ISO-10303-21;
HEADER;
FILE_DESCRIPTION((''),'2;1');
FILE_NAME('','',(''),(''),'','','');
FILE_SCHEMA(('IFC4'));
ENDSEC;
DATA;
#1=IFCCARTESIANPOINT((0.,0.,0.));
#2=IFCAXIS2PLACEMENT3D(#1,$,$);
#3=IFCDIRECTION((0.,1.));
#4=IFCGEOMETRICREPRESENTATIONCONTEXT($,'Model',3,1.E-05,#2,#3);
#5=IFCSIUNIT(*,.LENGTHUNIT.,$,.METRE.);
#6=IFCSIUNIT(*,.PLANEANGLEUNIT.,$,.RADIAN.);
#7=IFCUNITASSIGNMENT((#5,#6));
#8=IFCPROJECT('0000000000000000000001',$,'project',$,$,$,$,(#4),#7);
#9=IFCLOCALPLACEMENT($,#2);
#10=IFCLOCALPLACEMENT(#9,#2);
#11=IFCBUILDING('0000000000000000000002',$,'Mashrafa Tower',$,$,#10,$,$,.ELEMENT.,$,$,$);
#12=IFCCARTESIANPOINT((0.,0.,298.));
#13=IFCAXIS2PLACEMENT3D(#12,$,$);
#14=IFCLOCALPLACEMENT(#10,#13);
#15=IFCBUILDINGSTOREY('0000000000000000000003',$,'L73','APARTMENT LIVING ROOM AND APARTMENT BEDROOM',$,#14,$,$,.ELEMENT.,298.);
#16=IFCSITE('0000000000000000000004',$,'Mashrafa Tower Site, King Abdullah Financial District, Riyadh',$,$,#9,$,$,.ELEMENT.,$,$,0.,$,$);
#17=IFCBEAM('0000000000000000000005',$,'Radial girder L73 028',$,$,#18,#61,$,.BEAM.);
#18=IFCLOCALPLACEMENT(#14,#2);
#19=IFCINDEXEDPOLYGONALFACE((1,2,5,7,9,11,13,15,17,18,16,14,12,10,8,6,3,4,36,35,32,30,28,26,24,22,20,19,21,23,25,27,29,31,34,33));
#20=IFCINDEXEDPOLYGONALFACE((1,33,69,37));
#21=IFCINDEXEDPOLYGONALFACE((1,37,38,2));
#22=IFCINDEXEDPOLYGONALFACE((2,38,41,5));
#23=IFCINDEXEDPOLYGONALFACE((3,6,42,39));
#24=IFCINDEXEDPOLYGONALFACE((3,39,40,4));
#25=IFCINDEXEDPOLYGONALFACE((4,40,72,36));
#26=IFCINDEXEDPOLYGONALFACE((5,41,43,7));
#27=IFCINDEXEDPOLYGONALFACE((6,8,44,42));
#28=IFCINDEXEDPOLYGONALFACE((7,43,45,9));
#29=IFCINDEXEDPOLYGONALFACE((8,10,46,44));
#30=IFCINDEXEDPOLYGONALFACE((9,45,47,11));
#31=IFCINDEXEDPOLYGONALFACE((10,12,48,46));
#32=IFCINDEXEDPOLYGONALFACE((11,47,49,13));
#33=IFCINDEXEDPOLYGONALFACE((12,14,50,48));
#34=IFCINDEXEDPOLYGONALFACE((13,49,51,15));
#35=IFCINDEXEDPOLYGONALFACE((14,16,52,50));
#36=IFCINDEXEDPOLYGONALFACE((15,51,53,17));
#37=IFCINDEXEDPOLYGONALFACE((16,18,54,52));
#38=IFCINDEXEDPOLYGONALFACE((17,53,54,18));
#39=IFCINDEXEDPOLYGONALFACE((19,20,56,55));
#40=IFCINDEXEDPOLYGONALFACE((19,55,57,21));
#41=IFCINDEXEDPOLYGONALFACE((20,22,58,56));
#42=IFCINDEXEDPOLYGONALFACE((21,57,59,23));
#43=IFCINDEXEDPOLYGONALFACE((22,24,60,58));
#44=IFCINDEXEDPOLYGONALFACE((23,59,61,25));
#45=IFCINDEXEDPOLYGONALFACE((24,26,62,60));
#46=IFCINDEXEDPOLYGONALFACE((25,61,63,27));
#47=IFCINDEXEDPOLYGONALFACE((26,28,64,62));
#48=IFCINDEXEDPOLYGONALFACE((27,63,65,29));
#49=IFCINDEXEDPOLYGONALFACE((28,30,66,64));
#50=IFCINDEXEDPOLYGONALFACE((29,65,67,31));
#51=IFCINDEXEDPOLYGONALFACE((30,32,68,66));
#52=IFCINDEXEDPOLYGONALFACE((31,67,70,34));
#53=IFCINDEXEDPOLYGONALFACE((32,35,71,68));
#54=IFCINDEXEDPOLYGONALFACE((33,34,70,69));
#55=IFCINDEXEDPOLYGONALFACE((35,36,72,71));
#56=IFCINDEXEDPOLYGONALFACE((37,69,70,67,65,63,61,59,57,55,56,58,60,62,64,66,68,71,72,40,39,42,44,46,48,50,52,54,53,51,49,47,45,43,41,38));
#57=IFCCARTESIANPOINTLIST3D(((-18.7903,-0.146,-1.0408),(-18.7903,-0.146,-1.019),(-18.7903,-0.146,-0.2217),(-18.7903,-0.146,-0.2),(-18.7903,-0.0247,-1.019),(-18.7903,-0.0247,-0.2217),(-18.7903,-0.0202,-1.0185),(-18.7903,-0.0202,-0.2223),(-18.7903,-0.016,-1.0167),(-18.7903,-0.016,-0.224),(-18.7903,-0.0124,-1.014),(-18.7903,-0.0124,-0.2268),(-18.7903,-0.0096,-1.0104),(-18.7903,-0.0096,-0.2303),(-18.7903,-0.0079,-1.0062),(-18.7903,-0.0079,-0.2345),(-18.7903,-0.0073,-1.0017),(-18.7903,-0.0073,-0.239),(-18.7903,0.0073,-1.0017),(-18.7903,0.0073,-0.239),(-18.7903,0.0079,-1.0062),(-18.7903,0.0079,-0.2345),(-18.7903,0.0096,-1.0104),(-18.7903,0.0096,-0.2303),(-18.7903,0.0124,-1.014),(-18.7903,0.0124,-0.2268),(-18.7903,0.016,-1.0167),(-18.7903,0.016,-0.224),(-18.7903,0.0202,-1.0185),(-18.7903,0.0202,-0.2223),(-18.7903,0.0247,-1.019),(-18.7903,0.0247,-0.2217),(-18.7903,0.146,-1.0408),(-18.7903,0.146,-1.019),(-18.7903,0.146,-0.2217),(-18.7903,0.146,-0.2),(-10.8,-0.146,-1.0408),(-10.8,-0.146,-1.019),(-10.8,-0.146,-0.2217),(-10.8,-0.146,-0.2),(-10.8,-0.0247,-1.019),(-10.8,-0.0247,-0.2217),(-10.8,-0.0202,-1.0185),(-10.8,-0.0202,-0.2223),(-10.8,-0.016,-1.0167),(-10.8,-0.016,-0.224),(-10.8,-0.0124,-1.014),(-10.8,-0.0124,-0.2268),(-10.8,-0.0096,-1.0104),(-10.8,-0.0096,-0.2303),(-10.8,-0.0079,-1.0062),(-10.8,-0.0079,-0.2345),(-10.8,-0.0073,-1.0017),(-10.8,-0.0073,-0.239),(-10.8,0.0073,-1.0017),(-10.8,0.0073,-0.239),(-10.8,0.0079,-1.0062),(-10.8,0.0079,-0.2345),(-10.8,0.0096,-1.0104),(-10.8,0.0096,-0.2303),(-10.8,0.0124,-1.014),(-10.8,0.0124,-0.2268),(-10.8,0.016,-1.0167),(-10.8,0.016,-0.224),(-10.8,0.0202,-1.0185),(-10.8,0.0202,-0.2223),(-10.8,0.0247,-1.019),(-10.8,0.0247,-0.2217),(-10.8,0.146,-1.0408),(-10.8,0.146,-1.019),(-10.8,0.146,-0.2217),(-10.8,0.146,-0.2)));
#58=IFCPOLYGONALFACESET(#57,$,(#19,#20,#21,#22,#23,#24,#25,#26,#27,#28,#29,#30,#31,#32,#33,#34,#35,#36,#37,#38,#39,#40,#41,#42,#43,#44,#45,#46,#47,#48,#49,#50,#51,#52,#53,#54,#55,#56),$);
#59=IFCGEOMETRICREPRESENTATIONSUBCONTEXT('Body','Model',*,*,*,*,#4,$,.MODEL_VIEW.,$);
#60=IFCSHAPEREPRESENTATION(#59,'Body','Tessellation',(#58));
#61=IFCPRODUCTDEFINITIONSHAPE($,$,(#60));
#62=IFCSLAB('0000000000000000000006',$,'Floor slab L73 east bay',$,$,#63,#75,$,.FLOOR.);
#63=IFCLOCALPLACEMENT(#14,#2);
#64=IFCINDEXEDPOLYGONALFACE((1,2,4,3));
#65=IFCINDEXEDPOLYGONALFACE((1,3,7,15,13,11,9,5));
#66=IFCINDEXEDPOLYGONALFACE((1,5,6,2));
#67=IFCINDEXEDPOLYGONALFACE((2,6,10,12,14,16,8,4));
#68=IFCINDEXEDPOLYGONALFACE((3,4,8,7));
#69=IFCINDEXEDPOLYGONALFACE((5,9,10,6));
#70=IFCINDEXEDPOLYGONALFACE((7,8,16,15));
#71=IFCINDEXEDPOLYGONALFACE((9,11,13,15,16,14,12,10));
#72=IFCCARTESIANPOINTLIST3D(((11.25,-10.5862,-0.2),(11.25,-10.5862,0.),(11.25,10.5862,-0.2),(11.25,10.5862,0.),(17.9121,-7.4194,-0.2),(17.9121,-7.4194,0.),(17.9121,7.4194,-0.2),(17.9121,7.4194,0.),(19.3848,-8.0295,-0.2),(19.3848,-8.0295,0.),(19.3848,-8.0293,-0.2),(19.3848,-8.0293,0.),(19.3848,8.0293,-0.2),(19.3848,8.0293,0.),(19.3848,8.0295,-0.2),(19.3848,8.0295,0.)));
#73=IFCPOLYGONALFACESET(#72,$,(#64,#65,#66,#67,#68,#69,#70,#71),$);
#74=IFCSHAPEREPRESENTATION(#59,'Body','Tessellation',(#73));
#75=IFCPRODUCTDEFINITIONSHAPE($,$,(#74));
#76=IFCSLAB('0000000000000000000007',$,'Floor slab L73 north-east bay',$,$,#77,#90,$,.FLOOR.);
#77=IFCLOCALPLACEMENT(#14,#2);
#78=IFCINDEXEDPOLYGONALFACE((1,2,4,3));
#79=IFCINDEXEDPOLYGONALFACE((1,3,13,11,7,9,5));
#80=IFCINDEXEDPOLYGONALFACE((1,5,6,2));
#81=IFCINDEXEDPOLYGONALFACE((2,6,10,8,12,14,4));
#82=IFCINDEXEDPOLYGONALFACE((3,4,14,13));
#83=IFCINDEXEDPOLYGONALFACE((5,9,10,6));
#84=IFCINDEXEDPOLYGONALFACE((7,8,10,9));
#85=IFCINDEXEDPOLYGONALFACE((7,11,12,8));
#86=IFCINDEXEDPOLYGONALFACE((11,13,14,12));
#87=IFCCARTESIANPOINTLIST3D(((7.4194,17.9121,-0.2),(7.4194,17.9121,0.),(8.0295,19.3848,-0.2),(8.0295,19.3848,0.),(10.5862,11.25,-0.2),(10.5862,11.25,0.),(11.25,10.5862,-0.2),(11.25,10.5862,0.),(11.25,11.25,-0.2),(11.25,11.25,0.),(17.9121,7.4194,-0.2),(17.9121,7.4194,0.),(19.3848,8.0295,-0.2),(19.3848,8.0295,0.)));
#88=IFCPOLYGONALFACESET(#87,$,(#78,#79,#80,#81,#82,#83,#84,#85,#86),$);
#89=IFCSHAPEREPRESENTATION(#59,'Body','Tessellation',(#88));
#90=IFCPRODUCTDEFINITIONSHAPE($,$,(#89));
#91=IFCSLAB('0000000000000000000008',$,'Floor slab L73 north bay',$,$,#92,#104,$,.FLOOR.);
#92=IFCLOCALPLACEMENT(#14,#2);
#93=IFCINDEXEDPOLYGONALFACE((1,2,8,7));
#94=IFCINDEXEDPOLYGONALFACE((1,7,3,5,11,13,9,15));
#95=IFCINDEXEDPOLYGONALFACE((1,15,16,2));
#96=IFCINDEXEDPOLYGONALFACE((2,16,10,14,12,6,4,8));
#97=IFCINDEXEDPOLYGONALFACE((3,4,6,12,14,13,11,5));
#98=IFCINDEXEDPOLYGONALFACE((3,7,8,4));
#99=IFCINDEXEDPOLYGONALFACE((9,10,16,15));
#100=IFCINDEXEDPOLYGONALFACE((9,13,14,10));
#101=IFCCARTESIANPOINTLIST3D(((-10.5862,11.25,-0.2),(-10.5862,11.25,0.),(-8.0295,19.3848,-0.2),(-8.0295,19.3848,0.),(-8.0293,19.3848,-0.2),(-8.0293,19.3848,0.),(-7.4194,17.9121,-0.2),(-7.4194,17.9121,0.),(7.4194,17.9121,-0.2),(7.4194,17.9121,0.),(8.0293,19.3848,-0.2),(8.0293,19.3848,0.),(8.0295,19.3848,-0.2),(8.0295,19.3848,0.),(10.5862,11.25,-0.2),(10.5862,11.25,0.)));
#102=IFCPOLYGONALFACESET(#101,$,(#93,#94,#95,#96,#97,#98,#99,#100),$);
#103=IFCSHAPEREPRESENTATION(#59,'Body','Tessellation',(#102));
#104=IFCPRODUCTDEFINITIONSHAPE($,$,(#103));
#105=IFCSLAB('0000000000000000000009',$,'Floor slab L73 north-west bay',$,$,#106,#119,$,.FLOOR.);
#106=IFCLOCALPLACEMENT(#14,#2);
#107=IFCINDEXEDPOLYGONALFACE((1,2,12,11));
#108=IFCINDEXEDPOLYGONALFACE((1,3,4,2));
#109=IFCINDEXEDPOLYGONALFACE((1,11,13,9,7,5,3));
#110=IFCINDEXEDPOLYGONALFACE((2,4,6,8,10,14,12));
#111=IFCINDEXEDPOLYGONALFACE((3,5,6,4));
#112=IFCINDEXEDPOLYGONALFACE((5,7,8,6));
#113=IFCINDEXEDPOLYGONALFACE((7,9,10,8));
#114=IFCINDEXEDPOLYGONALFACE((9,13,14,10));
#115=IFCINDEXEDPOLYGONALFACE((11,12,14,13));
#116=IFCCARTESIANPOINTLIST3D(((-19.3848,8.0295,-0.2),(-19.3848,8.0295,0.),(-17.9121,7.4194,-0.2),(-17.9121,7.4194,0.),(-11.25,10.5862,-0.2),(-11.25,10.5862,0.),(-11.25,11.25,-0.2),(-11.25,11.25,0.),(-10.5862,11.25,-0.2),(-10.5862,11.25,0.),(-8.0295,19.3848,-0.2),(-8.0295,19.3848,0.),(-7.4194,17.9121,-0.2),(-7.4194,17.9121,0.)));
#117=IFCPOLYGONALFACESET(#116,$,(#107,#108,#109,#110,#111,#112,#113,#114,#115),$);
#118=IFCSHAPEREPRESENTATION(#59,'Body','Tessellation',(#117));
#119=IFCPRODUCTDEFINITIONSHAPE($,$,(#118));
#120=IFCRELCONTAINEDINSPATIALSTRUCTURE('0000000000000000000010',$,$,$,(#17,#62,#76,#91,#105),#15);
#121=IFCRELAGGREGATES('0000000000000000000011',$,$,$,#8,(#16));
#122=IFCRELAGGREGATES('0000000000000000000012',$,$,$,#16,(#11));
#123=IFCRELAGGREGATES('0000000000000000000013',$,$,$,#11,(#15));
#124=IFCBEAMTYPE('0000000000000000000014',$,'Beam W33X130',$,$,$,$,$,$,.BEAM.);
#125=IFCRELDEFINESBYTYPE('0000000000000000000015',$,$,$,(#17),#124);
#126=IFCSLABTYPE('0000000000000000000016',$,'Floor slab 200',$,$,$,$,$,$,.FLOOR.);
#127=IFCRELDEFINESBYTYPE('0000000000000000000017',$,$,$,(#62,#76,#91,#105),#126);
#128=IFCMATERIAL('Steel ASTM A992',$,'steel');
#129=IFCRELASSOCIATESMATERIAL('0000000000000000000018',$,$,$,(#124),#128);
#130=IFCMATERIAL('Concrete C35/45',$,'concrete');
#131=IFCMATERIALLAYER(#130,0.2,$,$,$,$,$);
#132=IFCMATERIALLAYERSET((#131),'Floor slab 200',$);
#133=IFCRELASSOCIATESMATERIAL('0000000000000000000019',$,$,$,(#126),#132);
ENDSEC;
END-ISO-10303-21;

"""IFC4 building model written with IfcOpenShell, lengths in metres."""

from ifc_helpers import new_model, si_unit, direction, frame, origin, origin_2d, place, context, subcontext, project, spatial, polyline, i_section, outline, extrude, material, layer, layer_set, material_profile, profile_set, type_object, element, save


model = new_model("IFC4")

# Units and contexts
model_context = context("Model", 3, precision=1e-05, world=origin(), true_north=direction((0.0, 1.0)))
body_context = subcontext(model_context, "Body", "Model", "MODEL_VIEW")
ifc_project = project(units=[si_unit("LENGTHUNIT", "METRE"), si_unit("PLANEANGLEUNIT", "RADIAN")], contexts=[model_context])

# Site, building, storey
site_placement = place(None, origin())
site = spatial("IfcSite", under=ifc_project, at=site_placement, Name="Mashrafa Tower Site, King Abdullah Financial District, Riyadh", CompositionType="ELEMENT", RefElevation=0.0)
building_placement = place(site_placement, origin())
building = spatial("IfcBuilding", under=site, at=building_placement, Name="Mashrafa Tower", CompositionType="ELEMENT")
storey_placement = place(building_placement, frame((0.0, 0.0, 298.0)))
storey = spatial("IfcBuildingStorey", under=building, at=storey_placement, Name="L73", Description="APARTMENT LIVING ROOM AND APARTMENT BEDROOM", CompositionType="ELEMENT", Elevation=298.0)

# Beam
ifc_material_1 = material(Name="Steel ASTM A992", Category="steel")
ifc_material_profile = material_profile(ifc_material_1, i_section(OverallWidth=0.292, OverallDepth=0.8408, WebThickness=0.0146, FlangeThickness=0.0217, FilletRadius=0.0173, at=origin_2d()), Name="W33X130")
ifc_profile_set = profile_set([ifc_material_profile], Name="Steel ASTM A992")
beam_type = type_object("IfcBeamType", Name="Beam W33X130", PredefinedType="BEAM", material=ifc_profile_set)
beam_placement = place(storey_placement, frame((-10.8, 0.0, -0.6204), z_axis=(-1.0, 0.0, 0.0), x_axis=(0.0, -1.0, 0.0)))
element("IfcBeam", 1, at=beam_placement, inside=storey, type_object=beam_type, Name="Radial girder L73 028", PredefinedType="BEAM", context=body_context, shape_type="SweptSolid", body=[
    extrude(i_section(OverallWidth=0.292, OverallDepth=0.8408, WebThickness=0.0146, FlangeThickness=0.0217, FilletRadius=0.0173, at=origin_2d()), origin(), (0.0, 0.0, 1.0), 7.9902),
])

# Slabs
ifc_material_2 = material(Name="Concrete C35/45", Category="concrete")
ifc_layer_1 = layer(ifc_material_2, 0.2)
ifc_layer_set_1 = layer_set([ifc_layer_1], Name="Floor slab 200")
slab_type = type_object("IfcSlabType", Name="Floor slab 200", PredefinedType="FLOOR", material=ifc_layer_set_1)
slab_1_placement = place(storey_placement, frame((0.0, 0.0, -0.2)))
element("IfcSlab", 2, at=slab_1_placement, inside=storey, type_object=slab_type, Name="Floor slab L73 east bay", PredefinedType="FLOOR", context=body_context, shape_type="SweptSolid", body=[
    extrude(outline(polyline([(19.3848, 8.0293), (19.3848, -8.0293), (19.3848, -8.0295), (17.9121, -7.4194), (11.25, -10.5862), (11.25, 10.5862), (17.9121, 7.4194), (19.3848, 8.0295), (19.3848, 8.0293)])), origin(), (0.0, 0.0, 1.0), 0.2),
])
slab_2_placement = place(storey_placement, frame((0.0, 0.0, -0.2)))
element("IfcSlab", 3, at=slab_2_placement, inside=storey, type_object=slab_type, Name="Floor slab L73 north-east bay", PredefinedType="FLOOR", context=body_context, shape_type="SweptSolid", body=[
    extrude(outline(polyline([(19.3848, 8.0295), (17.9121, 7.4194), (11.25, 10.5862), (11.25, 11.25), (10.5862, 11.25), (7.4194, 17.9121), (8.0295, 19.3848), (19.3848, 8.0295)])), origin(), (0.0, 0.0, 1.0), 0.2),
])
slab_3_placement = place(storey_placement, frame((0.0, 0.0, -0.2)))
element("IfcSlab", 4, at=slab_3_placement, inside=storey, type_object=slab_type, Name="Floor slab L73 north bay", PredefinedType="FLOOR", context=body_context, shape_type="SweptSolid", body=[
    extrude(outline(polyline([(-8.0293, 19.3848), (8.0293, 19.3848), (8.0295, 19.3848), (7.4194, 17.9121), (10.5862, 11.25), (-10.5862, 11.25), (-7.4194, 17.9121), (-8.0295, 19.3848), (-8.0293, 19.3848)])), origin(), (0.0, 0.0, 1.0), 0.2),
])
slab_4_placement = place(storey_placement, frame((0.0, 0.0, -0.2)))
element("IfcSlab", 5, at=slab_4_placement, inside=storey, type_object=slab_type, Name="Floor slab L73 north-west bay", PredefinedType="FLOOR", context=body_context, shape_type="SweptSolid", body=[
    extrude(outline(polyline([(-8.0295, 19.3848), (-7.4194, 17.9121), (-10.5862, 11.25), (-11.25, 11.25), (-11.25, 10.5862), (-17.9121, 7.4194), (-19.3848, 8.0295), (-8.0295, 19.3848)])), origin(), (0.0, 0.0, 1.0), 0.2),
])

save(model, "model.ifc")
